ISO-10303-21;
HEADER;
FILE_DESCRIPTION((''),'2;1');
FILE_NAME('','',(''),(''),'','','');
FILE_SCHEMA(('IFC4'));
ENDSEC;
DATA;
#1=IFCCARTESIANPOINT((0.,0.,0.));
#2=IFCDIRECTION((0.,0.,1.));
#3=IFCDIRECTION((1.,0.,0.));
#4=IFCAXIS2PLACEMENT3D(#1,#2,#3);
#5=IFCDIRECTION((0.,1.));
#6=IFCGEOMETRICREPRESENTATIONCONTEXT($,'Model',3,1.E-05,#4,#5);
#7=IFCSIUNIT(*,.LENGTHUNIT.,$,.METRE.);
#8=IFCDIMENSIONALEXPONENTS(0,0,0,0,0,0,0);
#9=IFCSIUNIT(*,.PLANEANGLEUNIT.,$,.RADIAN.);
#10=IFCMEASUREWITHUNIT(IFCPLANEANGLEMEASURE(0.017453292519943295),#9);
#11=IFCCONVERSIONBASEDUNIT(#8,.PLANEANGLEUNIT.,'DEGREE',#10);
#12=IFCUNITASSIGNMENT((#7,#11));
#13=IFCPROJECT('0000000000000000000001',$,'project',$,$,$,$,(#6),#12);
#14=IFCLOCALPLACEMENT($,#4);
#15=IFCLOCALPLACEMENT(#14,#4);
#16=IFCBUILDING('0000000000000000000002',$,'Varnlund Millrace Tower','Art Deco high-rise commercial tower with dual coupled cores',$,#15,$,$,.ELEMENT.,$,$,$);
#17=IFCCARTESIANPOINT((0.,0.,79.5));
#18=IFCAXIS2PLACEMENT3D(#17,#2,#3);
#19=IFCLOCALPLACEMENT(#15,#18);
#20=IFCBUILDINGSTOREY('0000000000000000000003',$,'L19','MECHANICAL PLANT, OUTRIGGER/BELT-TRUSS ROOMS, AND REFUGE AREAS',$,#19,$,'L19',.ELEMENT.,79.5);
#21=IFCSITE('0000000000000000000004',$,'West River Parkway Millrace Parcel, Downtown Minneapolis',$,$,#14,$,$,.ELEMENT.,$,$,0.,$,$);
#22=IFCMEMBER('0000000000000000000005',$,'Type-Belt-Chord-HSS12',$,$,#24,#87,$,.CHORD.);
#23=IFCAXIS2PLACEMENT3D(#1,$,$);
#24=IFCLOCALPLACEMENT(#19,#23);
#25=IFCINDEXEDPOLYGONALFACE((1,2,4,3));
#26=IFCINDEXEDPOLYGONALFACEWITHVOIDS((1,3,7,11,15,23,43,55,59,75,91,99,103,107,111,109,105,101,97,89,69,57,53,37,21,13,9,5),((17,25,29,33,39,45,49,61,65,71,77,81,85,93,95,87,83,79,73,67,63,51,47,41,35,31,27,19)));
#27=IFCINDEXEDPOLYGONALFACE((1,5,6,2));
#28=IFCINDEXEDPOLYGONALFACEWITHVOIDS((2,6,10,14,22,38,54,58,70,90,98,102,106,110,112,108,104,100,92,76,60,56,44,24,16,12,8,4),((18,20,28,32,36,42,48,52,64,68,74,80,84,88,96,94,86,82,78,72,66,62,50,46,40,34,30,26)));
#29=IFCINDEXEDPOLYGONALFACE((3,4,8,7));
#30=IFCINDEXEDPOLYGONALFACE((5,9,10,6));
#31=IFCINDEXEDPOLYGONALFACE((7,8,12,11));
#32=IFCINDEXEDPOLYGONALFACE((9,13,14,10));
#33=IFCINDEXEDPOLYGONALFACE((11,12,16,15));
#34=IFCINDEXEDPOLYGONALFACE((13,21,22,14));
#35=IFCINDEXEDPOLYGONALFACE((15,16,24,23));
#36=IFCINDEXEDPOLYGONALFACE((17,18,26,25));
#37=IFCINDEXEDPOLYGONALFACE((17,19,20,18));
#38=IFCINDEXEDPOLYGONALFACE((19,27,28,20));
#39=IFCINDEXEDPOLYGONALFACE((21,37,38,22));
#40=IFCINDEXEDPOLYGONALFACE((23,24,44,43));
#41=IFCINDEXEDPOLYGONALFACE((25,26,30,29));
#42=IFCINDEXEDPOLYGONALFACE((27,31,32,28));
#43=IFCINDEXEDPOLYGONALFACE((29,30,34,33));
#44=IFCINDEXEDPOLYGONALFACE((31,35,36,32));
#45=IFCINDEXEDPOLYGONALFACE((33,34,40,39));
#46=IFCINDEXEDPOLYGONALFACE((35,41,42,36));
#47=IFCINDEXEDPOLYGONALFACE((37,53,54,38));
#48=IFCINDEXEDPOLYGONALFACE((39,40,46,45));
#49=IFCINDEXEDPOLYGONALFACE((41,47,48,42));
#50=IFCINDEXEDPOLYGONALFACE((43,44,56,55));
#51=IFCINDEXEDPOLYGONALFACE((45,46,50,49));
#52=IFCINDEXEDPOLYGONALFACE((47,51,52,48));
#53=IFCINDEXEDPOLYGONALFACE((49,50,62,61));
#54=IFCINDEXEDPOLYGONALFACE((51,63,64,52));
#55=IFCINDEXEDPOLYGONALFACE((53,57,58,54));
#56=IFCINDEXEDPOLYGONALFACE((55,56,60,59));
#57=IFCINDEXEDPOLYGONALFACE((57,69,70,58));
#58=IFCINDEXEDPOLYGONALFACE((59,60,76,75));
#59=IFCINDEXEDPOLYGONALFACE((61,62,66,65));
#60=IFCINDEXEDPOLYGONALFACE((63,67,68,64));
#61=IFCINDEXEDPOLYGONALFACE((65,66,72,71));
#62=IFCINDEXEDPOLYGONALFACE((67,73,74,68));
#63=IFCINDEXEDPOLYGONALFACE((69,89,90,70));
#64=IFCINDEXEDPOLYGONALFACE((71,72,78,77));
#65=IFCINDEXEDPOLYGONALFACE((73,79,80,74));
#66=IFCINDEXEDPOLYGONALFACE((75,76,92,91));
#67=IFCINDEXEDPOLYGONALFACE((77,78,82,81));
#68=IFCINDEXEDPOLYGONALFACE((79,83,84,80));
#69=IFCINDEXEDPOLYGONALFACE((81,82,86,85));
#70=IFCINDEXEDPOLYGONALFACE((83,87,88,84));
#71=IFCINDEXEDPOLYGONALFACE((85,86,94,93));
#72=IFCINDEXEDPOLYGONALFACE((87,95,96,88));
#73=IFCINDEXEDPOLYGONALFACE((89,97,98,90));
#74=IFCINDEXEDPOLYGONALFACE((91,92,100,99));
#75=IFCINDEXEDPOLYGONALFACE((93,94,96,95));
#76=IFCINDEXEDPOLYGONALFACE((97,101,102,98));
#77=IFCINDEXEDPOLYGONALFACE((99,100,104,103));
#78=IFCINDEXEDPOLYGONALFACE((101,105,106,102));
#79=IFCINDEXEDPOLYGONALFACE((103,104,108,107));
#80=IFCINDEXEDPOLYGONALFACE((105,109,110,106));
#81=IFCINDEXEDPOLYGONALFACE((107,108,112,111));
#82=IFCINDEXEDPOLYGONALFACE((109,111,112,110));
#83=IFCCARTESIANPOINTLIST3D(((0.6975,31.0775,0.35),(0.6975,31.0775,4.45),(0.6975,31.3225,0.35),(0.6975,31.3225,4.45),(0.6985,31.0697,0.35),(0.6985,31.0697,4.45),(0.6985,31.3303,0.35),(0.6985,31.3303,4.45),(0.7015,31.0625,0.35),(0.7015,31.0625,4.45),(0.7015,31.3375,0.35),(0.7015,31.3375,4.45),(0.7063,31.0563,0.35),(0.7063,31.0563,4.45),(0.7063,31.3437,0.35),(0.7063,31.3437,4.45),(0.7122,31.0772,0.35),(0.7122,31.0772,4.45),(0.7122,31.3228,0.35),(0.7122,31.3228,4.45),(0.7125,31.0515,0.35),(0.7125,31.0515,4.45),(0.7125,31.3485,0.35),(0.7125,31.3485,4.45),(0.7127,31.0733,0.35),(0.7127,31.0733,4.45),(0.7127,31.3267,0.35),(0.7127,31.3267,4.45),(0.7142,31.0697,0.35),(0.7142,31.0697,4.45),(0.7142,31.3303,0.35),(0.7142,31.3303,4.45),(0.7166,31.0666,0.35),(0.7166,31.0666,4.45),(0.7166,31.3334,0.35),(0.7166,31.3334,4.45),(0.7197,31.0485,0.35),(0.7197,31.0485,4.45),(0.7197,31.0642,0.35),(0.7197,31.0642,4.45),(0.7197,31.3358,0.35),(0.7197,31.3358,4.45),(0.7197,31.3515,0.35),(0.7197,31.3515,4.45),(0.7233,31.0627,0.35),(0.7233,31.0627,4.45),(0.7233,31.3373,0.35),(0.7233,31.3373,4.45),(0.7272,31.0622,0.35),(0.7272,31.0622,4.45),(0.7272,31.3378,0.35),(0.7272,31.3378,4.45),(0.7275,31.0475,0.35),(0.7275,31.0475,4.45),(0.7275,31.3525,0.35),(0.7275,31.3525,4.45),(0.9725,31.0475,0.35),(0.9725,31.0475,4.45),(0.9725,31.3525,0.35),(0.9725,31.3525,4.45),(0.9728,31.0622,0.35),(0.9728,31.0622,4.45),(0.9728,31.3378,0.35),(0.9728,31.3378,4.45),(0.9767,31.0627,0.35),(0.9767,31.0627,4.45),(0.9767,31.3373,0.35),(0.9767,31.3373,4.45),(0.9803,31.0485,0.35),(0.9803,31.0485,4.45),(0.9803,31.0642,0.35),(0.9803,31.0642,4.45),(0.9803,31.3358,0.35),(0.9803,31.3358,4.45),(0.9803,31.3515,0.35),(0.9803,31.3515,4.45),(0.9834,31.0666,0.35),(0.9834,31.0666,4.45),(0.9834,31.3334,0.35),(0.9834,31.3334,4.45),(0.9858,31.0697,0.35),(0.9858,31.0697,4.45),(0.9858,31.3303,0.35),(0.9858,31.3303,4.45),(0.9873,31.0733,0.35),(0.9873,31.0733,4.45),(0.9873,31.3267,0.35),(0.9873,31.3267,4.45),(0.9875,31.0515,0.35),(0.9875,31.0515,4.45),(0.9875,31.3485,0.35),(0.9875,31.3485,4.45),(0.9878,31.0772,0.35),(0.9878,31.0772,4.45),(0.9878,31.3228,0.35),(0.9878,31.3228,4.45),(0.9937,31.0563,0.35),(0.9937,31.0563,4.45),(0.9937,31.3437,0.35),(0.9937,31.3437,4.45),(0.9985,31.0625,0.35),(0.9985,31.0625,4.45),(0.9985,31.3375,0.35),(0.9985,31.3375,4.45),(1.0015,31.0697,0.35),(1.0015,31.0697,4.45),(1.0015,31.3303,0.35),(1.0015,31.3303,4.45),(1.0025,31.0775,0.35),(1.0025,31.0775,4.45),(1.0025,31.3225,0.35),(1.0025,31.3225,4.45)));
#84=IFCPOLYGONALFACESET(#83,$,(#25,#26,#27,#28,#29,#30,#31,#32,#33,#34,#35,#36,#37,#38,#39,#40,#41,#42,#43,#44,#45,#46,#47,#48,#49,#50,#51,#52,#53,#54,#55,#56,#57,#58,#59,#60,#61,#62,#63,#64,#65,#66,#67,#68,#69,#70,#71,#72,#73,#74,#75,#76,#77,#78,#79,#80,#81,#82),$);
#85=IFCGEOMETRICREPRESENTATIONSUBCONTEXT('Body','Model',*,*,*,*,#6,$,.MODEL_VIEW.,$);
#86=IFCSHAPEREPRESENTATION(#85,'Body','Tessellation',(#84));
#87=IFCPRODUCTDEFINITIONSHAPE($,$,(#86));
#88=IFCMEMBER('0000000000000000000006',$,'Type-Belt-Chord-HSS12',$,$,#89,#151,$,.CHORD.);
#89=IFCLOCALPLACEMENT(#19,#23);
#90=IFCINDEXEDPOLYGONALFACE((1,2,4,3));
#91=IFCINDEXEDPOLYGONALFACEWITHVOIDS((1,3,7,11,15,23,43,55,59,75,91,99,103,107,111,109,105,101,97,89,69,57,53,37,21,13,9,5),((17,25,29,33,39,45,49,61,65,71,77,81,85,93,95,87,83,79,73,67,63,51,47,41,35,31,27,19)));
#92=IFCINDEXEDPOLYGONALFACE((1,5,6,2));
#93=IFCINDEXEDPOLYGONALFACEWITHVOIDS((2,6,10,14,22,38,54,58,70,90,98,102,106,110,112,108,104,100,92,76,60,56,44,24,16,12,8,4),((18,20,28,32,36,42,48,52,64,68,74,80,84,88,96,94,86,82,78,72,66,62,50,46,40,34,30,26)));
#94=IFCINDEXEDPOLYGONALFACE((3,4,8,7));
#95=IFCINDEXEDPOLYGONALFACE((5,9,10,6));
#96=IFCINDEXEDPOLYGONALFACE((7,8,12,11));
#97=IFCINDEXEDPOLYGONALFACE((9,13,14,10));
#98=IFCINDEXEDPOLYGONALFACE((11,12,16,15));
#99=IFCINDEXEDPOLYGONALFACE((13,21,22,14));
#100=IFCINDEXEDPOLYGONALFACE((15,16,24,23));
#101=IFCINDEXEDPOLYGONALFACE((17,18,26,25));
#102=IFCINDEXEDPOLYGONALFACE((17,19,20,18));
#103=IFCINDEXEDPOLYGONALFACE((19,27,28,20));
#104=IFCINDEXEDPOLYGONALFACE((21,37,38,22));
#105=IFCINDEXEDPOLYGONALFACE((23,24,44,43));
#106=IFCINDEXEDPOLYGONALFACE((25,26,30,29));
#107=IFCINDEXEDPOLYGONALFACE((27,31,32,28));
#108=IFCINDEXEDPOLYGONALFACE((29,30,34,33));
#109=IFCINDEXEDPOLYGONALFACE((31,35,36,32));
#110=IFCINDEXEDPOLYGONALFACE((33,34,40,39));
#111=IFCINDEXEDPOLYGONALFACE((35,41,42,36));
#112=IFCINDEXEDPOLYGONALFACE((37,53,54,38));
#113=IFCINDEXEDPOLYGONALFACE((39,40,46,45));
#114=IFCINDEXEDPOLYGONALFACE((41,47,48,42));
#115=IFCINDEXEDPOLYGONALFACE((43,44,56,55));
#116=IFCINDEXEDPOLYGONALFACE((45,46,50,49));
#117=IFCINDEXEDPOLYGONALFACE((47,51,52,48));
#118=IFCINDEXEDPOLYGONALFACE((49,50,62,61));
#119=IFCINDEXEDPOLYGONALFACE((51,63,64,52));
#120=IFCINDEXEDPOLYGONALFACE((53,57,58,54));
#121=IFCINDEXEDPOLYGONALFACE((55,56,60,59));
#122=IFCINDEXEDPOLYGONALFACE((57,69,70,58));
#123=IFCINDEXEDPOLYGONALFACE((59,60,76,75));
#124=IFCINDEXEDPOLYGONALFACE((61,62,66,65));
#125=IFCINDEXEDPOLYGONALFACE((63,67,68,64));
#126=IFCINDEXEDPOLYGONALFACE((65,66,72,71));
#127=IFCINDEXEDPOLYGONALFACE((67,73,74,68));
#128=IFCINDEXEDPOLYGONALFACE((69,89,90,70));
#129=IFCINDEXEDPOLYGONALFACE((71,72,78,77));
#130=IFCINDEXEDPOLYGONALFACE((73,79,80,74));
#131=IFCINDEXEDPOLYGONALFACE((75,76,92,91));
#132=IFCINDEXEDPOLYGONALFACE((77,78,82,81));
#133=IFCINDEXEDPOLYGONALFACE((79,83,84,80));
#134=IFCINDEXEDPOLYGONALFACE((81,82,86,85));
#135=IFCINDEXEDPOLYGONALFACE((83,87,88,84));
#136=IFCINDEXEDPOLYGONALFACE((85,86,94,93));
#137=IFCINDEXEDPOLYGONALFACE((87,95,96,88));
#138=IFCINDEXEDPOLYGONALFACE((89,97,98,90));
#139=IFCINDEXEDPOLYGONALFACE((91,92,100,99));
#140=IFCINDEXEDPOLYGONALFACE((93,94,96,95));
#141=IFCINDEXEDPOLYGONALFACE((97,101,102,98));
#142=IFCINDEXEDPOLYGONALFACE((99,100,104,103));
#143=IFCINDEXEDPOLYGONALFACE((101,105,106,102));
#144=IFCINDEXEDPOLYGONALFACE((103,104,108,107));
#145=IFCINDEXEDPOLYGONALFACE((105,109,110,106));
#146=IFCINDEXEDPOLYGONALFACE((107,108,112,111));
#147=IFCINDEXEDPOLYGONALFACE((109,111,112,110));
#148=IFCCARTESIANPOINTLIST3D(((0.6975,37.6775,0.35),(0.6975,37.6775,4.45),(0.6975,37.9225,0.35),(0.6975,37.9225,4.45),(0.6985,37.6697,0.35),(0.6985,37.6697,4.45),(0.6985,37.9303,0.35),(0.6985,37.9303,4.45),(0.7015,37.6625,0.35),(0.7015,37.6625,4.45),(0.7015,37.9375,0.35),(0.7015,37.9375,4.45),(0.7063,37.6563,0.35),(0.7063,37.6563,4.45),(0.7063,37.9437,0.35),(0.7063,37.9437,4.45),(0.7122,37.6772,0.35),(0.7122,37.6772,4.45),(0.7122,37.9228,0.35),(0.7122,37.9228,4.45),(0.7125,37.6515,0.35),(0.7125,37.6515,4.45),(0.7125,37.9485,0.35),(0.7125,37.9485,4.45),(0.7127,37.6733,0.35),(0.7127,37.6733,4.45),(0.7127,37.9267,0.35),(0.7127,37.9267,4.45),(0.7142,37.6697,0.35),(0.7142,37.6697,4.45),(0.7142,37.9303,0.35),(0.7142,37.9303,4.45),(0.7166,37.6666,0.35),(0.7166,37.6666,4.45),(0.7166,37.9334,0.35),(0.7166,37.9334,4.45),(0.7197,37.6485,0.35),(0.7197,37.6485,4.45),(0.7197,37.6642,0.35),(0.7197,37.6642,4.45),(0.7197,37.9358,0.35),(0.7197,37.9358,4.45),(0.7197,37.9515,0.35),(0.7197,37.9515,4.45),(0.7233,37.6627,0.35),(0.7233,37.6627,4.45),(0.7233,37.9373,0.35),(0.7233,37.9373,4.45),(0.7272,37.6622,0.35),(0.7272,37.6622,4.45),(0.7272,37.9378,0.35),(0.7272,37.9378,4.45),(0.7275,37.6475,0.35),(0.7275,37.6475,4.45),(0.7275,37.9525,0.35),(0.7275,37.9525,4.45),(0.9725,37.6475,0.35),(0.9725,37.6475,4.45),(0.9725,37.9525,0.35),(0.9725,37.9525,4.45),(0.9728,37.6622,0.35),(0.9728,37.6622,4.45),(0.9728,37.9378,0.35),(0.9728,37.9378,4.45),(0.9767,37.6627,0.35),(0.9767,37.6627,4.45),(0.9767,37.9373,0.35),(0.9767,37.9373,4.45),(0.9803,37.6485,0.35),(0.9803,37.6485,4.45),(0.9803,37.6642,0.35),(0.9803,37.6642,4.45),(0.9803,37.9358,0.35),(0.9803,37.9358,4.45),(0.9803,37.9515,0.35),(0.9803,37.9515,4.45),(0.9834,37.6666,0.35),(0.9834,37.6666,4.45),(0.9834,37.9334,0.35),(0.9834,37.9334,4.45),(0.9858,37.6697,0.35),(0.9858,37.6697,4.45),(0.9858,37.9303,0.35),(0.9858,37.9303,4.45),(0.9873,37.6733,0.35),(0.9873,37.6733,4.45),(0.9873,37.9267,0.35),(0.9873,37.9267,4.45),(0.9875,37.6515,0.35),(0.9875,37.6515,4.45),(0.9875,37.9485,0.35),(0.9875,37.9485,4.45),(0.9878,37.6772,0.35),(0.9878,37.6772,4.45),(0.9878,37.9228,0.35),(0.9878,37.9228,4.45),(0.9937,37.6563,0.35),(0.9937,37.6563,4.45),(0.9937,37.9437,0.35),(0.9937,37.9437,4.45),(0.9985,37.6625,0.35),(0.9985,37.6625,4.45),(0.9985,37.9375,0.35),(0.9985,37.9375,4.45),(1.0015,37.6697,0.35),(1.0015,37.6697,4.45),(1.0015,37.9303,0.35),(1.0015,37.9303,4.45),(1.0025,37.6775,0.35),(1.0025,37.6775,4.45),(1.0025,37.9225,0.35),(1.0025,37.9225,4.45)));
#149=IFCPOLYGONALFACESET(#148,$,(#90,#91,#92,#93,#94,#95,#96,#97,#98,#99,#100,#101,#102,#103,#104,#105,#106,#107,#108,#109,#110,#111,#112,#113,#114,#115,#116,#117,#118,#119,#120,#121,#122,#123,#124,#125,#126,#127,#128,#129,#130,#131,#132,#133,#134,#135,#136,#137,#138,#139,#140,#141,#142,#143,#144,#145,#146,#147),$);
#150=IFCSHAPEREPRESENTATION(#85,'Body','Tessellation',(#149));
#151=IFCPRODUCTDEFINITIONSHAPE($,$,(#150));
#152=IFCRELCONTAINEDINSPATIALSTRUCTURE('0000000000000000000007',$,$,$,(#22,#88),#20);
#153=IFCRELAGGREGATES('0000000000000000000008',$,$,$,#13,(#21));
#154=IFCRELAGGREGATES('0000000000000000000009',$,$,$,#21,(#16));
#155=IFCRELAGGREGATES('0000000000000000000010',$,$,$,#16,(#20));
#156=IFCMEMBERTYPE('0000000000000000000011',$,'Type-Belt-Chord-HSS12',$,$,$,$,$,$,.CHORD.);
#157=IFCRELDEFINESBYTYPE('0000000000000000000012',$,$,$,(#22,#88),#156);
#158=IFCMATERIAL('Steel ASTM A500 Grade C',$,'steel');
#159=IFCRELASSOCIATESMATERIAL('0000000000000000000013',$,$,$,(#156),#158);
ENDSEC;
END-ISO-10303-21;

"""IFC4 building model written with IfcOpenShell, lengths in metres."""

from ifc_helpers import new_model, entity, si_unit, converted_unit, direction, frame, origin_with_axes, origin_2d_with_axis, place, context, subcontext, project, spatial, hollow_rectangle, extrude, material, material_profile, profile_set, type_object, element, save


model = new_model("IFC4")

# Units and contexts
model_context = context("Model", 3, precision=1e-05, world=origin_with_axes(), true_north=direction((0.0, 1.0)))
body_context = subcontext(model_context, "Body", "Model", "MODEL_VIEW")
ifc_project = project(units=[si_unit("LENGTHUNIT", "METRE"), converted_unit("PLANEANGLEUNIT", "DEGREE", entity("IfcPlaneAngleMeasure", 0.017453292519943295), si_unit("PLANEANGLEUNIT", "RADIAN"), dimensions=[0, 0, 0, 0, 0, 0, 0])], contexts=[model_context])

# Site, building, storey
site_placement = place(None, origin_with_axes())
site = spatial("IfcSite", under=ifc_project, at=site_placement, Name="West River Parkway Millrace Parcel, Downtown Minneapolis", CompositionType="ELEMENT", RefElevation=0.0)
building_placement = place(site_placement, origin_with_axes())
building = spatial("IfcBuilding", under=site, at=building_placement, Name="Varnlund Millrace Tower", Description="Art Deco high-rise commercial tower with dual coupled cores", CompositionType="ELEMENT")
storey_placement = place(building_placement, frame((0.0, 0.0, 79.5), z_axis=(0.0, 0.0, 1.0), x_axis=(1.0, 0.0, 0.0)))
storey = spatial("IfcBuildingStorey", under=building, at=storey_placement, Name="L19", Description="MECHANICAL PLANT, OUTRIGGER/BELT-TRUSS ROOMS, AND REFUGE AREAS", LongName="L19", CompositionType="ELEMENT", Elevation=79.5)

# Members
ifc_material_1 = material(Name="Steel ASTM A500 Grade C", Category="steel")
ifc_material_profile_1 = material_profile(ifc_material_1, hollow_rectangle(XDim=0.305, YDim=0.305, WallThickness=0.0147, InnerFilletRadius=0.015, OuterFilletRadius=0.03, at=origin_2d_with_axis()), Name="Steel ASTM A500 Grade C")
ifc_profile_set_1 = profile_set([ifc_material_profile_1], Name="Steel ASTM A500 Grade C")
member_type_1 = type_object("IfcMemberType", Name="Type-Belt-Chord-HSS12", PredefinedType="CHORD", material=ifc_profile_set_1)
for number, where, z_axis, x_axis, name in (
    (1, (0.85, 31.2, 0.35), (0.0, 0.0, 1.0), (1.0, 0.0, 0.0), "Type-Belt-Chord-HSS12"),
    (2, (0.85, 37.8, 0.35), (0.0, 0.0, 1.0), (1.0, 0.0, 0.0), "Type-Belt-Chord-HSS12"),
):
    element("IfcMember", number, at=place(storey_placement, frame(where, z_axis=z_axis, x_axis=x_axis)), inside=storey, type_object=member_type_1, Name=name, PredefinedType="CHORD", context=body_context, shape_type="SweptSolid", body=[
        extrude(hollow_rectangle(XDim=0.305, YDim=0.305, WallThickness=0.0147, InnerFilletRadius=0.015, OuterFilletRadius=0.03, at=origin_2d_with_axis()), origin_with_axes(), (0.0, 0.0, 1.0), 4.1),
    ])

save(model, "model.ifc")
